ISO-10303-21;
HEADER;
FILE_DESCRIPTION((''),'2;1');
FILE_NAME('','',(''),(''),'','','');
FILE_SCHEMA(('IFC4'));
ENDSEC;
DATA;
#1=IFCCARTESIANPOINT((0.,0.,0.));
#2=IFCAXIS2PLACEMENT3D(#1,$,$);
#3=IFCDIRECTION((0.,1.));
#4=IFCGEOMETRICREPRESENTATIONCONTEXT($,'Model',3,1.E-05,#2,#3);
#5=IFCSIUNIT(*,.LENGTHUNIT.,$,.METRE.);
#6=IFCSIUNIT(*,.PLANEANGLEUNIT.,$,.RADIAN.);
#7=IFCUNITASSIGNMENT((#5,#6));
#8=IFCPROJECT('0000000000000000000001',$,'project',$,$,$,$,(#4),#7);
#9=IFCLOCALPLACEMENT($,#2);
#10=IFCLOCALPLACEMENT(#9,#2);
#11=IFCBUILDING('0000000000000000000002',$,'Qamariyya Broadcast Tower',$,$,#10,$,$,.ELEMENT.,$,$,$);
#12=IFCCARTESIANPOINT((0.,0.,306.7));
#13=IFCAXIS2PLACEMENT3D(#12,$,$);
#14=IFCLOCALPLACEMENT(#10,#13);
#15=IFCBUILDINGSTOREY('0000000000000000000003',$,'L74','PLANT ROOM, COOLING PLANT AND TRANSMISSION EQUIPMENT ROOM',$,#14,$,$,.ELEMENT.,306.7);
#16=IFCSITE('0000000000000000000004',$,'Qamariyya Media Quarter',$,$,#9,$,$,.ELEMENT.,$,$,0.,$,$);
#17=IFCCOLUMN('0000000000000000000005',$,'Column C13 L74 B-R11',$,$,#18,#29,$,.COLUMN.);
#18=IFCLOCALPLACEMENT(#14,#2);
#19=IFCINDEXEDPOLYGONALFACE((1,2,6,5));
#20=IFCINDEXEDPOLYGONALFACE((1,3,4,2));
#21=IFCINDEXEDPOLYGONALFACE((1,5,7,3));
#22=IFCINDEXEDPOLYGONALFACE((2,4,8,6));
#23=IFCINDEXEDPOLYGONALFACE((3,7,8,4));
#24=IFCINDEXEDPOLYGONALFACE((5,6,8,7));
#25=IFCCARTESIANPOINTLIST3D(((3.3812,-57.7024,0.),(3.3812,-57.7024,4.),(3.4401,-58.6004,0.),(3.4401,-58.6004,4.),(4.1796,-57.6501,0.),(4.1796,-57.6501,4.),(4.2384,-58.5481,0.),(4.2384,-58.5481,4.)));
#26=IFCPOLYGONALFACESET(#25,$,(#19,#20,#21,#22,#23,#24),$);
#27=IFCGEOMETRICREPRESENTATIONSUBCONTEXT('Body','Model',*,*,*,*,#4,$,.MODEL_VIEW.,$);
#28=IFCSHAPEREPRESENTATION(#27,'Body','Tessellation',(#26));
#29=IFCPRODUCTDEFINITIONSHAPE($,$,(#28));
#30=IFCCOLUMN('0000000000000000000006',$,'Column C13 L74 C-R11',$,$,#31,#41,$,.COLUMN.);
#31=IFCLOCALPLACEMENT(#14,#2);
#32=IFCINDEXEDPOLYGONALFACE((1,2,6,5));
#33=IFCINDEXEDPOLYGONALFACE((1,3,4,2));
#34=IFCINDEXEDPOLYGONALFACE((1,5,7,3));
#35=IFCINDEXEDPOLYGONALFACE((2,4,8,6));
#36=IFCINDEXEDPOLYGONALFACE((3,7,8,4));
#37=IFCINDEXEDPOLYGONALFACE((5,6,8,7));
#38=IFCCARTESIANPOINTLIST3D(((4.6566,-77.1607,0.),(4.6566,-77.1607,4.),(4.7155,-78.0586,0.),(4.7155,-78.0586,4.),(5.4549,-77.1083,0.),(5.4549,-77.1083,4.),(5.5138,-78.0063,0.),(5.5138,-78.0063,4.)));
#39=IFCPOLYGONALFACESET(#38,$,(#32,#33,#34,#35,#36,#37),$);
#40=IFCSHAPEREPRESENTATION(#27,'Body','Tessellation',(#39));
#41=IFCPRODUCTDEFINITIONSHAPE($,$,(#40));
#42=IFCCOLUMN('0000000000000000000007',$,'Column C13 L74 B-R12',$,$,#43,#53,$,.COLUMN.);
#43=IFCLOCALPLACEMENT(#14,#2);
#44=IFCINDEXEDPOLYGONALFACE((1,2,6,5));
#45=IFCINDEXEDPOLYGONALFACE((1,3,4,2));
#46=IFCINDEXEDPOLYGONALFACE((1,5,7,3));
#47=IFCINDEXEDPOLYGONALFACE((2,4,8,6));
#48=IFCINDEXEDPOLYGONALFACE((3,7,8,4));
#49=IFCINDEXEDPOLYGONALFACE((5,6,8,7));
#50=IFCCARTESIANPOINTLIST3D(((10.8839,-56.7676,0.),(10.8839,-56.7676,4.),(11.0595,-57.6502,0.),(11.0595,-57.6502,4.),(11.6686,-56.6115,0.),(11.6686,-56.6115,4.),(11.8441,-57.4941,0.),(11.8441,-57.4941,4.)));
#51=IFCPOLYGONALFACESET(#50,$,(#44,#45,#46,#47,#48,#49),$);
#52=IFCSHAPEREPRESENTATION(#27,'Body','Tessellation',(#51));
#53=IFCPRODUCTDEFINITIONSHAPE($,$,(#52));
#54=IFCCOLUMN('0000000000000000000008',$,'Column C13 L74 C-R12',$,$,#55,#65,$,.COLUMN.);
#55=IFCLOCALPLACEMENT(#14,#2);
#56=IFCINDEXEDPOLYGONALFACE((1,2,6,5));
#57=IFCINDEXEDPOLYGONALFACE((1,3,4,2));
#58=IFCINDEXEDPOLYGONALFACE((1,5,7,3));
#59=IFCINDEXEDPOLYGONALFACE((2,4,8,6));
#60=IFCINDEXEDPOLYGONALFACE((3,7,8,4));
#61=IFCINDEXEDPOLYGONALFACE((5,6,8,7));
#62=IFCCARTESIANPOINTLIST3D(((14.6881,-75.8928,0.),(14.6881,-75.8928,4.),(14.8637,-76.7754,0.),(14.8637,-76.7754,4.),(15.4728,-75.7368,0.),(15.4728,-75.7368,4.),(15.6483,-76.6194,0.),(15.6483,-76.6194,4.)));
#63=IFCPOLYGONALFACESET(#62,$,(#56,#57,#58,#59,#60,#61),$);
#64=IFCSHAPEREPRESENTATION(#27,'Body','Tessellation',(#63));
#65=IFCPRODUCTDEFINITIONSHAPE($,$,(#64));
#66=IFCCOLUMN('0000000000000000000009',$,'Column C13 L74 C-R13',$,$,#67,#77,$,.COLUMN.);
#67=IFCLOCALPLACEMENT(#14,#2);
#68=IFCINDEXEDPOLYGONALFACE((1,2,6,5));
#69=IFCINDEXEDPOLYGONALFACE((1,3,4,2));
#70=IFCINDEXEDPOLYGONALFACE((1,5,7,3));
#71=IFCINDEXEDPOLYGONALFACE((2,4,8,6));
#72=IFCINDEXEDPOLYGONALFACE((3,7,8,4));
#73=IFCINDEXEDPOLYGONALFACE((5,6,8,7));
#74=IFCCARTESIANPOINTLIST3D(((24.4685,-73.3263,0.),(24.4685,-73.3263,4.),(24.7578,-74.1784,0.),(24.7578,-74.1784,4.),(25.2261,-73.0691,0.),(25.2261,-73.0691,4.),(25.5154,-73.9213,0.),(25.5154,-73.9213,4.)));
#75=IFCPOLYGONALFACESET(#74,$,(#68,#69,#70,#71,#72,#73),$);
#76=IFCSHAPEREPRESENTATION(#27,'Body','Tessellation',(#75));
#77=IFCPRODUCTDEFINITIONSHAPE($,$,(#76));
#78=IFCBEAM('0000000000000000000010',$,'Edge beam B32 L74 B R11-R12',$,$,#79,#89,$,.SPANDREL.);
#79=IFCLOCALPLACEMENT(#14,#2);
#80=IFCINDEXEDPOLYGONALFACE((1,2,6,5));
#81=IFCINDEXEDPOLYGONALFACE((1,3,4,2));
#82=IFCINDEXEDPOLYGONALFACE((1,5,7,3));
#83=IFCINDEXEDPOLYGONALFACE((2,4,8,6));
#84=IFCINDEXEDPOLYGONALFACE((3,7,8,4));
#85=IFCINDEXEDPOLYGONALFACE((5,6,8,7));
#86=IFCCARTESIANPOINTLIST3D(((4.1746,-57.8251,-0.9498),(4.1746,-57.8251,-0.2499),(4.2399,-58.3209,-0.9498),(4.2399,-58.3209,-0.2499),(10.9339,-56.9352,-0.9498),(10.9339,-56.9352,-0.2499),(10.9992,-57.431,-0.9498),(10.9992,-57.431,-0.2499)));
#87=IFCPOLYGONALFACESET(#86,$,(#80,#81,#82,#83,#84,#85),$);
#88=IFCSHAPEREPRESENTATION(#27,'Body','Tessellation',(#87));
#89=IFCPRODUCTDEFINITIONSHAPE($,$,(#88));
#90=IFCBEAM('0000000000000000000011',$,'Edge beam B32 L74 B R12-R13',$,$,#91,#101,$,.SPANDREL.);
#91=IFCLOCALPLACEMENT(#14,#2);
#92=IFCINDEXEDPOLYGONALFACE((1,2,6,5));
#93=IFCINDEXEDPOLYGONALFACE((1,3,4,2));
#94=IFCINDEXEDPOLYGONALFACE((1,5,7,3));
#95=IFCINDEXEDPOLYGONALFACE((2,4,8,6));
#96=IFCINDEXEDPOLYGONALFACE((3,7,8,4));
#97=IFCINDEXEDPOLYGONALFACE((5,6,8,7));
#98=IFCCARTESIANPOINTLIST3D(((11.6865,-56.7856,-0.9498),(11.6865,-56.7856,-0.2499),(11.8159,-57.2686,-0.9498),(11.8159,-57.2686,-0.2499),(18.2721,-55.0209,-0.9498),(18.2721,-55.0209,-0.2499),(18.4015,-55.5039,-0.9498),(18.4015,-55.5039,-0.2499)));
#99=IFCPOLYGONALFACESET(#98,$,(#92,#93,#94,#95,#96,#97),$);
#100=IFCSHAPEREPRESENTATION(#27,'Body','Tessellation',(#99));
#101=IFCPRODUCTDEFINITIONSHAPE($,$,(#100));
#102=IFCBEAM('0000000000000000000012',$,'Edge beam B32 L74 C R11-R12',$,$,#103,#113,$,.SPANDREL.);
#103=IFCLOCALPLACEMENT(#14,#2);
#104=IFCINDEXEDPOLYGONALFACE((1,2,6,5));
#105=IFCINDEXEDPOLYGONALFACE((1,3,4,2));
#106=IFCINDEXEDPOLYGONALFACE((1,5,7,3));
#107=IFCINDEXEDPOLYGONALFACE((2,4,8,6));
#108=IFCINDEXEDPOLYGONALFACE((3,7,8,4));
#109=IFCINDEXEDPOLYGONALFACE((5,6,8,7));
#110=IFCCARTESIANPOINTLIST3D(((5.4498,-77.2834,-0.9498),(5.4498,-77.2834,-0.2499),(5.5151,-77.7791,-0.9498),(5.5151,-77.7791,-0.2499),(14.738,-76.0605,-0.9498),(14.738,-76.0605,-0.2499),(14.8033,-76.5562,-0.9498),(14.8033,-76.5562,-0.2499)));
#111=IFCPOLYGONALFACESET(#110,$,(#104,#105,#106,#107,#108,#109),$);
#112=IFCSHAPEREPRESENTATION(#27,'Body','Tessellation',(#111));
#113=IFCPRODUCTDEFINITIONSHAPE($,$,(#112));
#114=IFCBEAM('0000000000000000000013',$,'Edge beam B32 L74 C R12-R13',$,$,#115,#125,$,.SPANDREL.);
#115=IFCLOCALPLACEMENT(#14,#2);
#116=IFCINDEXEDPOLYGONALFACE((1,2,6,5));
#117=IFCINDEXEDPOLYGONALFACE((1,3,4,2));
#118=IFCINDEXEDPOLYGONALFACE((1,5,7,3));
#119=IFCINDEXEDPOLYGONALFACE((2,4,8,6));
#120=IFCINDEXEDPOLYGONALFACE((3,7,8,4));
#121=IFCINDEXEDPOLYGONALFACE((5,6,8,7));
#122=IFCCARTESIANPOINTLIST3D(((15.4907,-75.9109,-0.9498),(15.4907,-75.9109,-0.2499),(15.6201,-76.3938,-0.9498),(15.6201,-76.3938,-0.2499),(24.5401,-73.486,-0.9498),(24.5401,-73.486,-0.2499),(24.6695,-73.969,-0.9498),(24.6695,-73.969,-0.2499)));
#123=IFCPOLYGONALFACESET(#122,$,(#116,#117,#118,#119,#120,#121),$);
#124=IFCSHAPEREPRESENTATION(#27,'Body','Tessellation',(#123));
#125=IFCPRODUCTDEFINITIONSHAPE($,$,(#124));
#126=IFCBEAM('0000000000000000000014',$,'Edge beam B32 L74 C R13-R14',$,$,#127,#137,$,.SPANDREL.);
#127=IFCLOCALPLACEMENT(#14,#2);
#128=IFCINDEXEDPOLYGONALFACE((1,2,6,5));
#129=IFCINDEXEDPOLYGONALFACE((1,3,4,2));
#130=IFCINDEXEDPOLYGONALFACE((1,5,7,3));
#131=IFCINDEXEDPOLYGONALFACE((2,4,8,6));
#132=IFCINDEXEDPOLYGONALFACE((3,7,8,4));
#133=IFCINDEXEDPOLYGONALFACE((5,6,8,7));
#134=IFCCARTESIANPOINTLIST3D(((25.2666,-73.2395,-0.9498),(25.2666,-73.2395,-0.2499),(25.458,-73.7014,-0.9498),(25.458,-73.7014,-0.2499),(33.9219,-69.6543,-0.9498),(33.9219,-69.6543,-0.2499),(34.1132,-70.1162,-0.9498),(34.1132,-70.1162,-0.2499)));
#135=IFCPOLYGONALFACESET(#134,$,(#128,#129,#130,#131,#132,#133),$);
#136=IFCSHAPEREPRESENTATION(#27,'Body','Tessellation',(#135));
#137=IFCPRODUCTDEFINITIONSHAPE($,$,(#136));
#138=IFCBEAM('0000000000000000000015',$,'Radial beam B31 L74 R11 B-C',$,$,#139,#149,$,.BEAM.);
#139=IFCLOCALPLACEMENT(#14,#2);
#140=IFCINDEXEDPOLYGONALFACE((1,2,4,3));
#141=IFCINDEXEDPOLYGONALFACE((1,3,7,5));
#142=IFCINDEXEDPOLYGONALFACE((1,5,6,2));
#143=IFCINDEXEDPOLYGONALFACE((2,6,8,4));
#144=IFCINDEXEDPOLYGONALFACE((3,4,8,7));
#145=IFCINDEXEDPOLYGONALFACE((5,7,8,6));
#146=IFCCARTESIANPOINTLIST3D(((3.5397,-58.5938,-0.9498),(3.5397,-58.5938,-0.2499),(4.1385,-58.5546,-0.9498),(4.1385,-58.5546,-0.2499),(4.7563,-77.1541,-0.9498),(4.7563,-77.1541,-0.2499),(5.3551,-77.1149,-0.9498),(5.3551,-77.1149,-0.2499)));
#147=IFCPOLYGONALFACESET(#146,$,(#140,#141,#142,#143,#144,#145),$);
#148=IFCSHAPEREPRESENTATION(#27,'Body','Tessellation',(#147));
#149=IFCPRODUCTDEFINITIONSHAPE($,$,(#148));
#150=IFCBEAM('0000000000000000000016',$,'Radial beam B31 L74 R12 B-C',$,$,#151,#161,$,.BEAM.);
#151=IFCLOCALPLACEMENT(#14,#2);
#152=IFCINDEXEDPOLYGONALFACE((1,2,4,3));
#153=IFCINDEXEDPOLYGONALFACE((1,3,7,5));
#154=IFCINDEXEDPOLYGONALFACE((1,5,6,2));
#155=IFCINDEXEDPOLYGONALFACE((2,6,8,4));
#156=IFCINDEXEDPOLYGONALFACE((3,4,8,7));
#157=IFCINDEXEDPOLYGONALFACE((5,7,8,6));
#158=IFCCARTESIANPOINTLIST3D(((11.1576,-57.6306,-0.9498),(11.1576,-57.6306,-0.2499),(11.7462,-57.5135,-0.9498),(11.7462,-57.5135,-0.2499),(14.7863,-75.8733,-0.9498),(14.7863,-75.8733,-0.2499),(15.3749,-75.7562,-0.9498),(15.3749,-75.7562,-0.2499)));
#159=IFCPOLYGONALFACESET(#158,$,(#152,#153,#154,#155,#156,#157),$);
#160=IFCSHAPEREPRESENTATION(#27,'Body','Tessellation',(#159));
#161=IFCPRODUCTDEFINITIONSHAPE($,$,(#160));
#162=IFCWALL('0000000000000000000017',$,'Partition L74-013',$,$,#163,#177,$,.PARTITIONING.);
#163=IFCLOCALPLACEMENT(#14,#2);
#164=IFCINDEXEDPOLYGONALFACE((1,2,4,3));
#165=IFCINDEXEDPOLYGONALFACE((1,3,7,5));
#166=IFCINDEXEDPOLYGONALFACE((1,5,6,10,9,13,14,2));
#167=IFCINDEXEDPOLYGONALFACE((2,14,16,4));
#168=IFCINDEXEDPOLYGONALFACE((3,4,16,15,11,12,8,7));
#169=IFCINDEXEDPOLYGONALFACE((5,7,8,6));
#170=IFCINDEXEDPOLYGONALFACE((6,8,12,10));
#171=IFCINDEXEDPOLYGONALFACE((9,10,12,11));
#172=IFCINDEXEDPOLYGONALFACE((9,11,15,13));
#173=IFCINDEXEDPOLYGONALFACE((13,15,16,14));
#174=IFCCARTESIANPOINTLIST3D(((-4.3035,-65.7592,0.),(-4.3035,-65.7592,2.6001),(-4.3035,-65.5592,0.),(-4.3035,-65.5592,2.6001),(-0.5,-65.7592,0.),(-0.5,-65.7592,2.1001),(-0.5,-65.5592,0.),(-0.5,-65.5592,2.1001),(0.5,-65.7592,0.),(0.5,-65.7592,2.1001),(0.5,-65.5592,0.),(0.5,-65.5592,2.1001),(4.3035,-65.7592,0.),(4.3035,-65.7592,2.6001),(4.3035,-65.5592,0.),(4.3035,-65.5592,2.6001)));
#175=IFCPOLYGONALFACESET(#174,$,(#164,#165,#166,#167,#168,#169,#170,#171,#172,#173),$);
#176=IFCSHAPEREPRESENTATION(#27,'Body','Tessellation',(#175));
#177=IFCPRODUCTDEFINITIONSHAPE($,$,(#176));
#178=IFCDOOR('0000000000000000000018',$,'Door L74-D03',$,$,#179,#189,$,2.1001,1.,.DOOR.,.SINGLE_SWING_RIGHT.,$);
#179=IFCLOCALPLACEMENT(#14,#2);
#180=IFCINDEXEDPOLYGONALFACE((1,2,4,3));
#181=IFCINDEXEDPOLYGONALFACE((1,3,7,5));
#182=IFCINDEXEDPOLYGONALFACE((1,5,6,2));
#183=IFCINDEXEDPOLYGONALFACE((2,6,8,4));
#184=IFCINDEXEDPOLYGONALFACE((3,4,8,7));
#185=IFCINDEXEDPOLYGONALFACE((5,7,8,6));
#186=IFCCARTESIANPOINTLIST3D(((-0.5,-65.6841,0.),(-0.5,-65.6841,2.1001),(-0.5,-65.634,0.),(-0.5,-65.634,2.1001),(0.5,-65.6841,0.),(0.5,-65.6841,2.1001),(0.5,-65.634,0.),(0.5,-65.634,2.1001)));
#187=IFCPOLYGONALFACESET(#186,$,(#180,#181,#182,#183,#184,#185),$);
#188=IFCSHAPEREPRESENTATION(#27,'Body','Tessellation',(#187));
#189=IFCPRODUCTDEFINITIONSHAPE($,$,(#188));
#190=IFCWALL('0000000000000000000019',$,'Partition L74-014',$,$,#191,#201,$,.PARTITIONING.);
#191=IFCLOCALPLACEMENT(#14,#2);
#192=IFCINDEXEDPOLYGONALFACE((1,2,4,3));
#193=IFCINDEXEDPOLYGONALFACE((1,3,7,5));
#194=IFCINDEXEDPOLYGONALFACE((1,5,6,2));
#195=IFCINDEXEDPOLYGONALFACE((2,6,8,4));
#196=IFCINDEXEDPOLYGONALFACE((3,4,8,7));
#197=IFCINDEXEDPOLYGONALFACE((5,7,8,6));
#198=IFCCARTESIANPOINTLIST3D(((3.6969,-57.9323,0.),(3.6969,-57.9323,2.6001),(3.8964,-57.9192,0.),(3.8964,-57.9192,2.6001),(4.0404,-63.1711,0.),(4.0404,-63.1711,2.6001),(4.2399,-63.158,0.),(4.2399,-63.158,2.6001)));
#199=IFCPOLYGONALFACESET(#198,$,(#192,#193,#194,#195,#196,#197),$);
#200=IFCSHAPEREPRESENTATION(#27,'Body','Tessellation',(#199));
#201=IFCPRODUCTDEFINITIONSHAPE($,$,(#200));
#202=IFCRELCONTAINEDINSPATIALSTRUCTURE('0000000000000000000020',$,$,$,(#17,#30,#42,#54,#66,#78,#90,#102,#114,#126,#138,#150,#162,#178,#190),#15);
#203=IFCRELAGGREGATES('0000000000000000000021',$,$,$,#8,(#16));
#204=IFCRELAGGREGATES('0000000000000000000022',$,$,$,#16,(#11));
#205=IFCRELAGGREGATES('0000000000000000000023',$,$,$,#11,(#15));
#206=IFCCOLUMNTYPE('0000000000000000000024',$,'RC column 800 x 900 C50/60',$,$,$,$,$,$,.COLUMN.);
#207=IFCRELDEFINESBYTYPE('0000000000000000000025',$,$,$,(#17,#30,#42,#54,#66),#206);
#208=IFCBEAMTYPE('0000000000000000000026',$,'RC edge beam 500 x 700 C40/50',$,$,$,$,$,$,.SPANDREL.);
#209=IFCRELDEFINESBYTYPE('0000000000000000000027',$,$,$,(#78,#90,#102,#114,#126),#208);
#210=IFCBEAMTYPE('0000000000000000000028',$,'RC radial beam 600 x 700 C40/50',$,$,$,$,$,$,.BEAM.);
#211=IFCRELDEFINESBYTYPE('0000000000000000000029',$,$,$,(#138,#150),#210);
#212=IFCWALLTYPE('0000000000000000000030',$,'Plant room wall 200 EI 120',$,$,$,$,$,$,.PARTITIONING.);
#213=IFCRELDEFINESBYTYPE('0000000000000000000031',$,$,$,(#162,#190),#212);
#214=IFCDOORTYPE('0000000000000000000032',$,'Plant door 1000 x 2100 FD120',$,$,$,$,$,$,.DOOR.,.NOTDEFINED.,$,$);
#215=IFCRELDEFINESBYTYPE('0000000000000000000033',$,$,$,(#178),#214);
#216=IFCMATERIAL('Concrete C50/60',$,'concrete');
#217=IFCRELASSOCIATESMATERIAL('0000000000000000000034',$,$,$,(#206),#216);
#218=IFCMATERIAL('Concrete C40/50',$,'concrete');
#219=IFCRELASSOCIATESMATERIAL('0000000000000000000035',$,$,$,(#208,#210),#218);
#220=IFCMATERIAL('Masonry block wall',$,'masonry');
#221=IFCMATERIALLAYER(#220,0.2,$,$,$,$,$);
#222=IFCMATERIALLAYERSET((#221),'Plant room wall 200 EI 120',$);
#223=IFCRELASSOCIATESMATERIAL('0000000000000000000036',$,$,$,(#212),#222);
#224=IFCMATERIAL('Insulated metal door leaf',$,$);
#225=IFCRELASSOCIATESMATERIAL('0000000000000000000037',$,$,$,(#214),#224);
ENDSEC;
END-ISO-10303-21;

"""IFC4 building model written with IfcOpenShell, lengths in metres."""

from ifc_helpers import new_model, si_unit, direction, frame, frame_2d, origin, origin_2d, place, context, subcontext, project, spatial, rectangle, extrude, material, layer, layer_set, material_profile, profile_set, type_object, element, fill, save


model = new_model("IFC4")

# Units and contexts
model_context = context("Model", 3, precision=1e-05, world=origin(), true_north=direction((0.0, 1.0)))
body_context = subcontext(model_context, "Body", "Model", "MODEL_VIEW")
ifc_project = project(units=[si_unit("LENGTHUNIT", "METRE"), si_unit("PLANEANGLEUNIT", "RADIAN")], contexts=[model_context])

# Site, building, storey
site_placement = place(None, origin())
site = spatial("IfcSite", under=ifc_project, at=site_placement, Name="Qamariyya Media Quarter", CompositionType="ELEMENT", RefElevation=0.0)
building_placement = place(site_placement, origin())
building = spatial("IfcBuilding", under=site, at=building_placement, Name="Qamariyya Broadcast Tower", CompositionType="ELEMENT")
storey_placement = place(building_placement, frame((0.0, 0.0, 306.7)))
storey = spatial("IfcBuildingStorey", under=building, at=storey_placement, Name="L74", Description="PLANT ROOM, COOLING PLANT AND TRANSMISSION EQUIPMENT ROOM", CompositionType="ELEMENT", Elevation=306.7)

# Columns
ifc_material_1 = material(Name="Concrete C50/60", Category="concrete")
ifc_material_profile_1 = material_profile(ifc_material_1, rectangle(XDim=0.8, YDim=0.8999, at=origin_2d()))
ifc_profile_set_1 = profile_set([ifc_material_profile_1], Name="Concrete C50/60")
column_type = type_object("IfcColumnType", Name="RC column 800 x 900 C50/60", PredefinedType="COLUMN", material=ifc_profile_set_1)
for number, where, z_axis, x_axis, name in (
    (1, (3.8098, -58.1252, 0.0), (0.0, 0.0, 1.0), (0.997859, 0.065403, 0.0), "Column C13 L74 B-R11"),
    (2, (5.0852, -77.5835, 0.0), (0.0, 0.0, 1.0), (0.997859, 0.065403, 0.0), "Column C13 L74 C-R11"),
    (3, (11.364, -57.1309, 0.0), (0.0, 0.0, 1.0), (0.980785, 0.19509, 0.0), "Column C13 L74 B-R12"),
    (4, (15.1682, -76.2561, 0.0), (0.0, 0.0, 1.0), (0.980785, 0.19509, 0.0), "Column C13 L74 C-R12"),
    (5, (24.9919, -73.6238, 0.0), (0.0, 0.0, 1.0), (0.94693, 0.321439, 0.0), "Column C13 L74 C-R13"),
):
    element("IfcColumn", number, at=place(storey_placement, frame(where, z_axis=z_axis, x_axis=x_axis)), inside=storey, type_object=column_type, Name=name, PredefinedType="COLUMN", context=body_context, shape_type="SweptSolid", body=[
        extrude(rectangle(XDim=0.8, YDim=0.8999, at=origin_2d()), origin(), (0.0, 0.0, 1.0), 4.0),
    ])

# Beams
ifc_material_2 = material(Name="Concrete C40/50", Category="concrete")
ifc_material_profile_2 = material_profile(ifc_material_2, rectangle(XDim=0.5, YDim=0.7, at=origin_2d()))
ifc_profile_set_2 = profile_set([ifc_material_profile_2], Name="Concrete C40/50")
beam_type_1 = type_object("IfcBeamType", Name="RC edge beam 500 x 700 C40/50", PredefinedType="SPANDREL", material=ifc_profile_set_2)
beam_1_placement = place(storey_placement, frame((4.2073, -58.073, -0.5999), z_axis=(0.991445, 0.130529, 0.0), x_axis=(-0.130529, 0.991445, 0.0)))
element("IfcBeam", 6, at=beam_1_placement, inside=storey, type_object=beam_type_1, Name="Edge beam B32 L74 B R11-R12", PredefinedType="SPANDREL", context=body_context, shape_type="SweptSolid", body=[
    extrude(rectangle(XDim=0.5, YDim=0.7, at=origin_2d()), origin(), (0.0, 0.0, 1.0), 6.8176),
])
beam_2_placement = place(storey_placement, frame((11.7512, -57.0271, -0.5999), z_axis=(0.965923, 0.25883, 0.0), x_axis=(-0.25883, 0.965923, 0.0)))
element("IfcBeam", 7, at=beam_2_placement, inside=storey, type_object=beam_type_1, Name="Edge beam B32 L74 B R12-R13", PredefinedType="SPANDREL", context=body_context, shape_type="SweptSolid", body=[
    extrude(rectangle(XDim=0.5, YDim=0.7, at=origin_2d()), origin(), (0.0, 0.0, 1.0), 6.8179),
])
beam_3_placement = place(storey_placement, frame((5.4824, -77.5312, -0.5999), z_axis=(0.991444, 0.130533, 0.0), x_axis=(-0.130533, 0.991444, 0.0)))
element("IfcBeam", 8, at=beam_3_placement, inside=storey, type_object=beam_type_1, Name="Edge beam B32 L74 C R11-R12", PredefinedType="SPANDREL", context=body_context, shape_type="SweptSolid", body=[
    extrude(rectangle(XDim=0.5, YDim=0.7, at=origin_2d()), origin(), (0.0, 0.0, 1.0), 9.3684),
])
beam_4_placement = place(storey_placement, frame((15.5554, -76.1523, -0.5999), z_axis=(0.965925, 0.258824, 0.0), x_axis=(-0.258824, 0.965925, 0.0)))
element("IfcBeam", 9, at=beam_4_placement, inside=storey, type_object=beam_type_1, Name="Edge beam B32 L74 C R12-R13", PredefinedType="SPANDREL", context=body_context, shape_type="SweptSolid", body=[
    extrude(rectangle(XDim=0.5, YDim=0.7, at=origin_2d()), origin(), (0.0, 0.0, 1.0), 9.3687),
])
beam_5_placement = place(storey_placement, frame((25.3623, -73.4705, -0.5999), z_axis=(0.923877, 0.38269, 0.0), x_axis=(-0.38269, 0.923877, 0.0)))
element("IfcBeam", 10, at=beam_5_placement, inside=storey, type_object=beam_type_1, Name="Edge beam B32 L74 C R13-R14", PredefinedType="SPANDREL", context=body_context, shape_type="SweptSolid", body=[
    extrude(rectangle(XDim=0.5, YDim=0.7, at=origin_2d()), origin(), (0.0, 0.0, 1.0), 9.3684),
])
ifc_material_profile_3 = material_profile(ifc_material_2, rectangle(XDim=0.6001, YDim=0.7, at=origin_2d()))
ifc_profile_set_3 = profile_set([ifc_material_profile_3], Name="Concrete C40/50")
beam_type_2 = type_object("IfcBeamType", Name="RC radial beam 600 x 700 C40/50", PredefinedType="BEAM", material=ifc_profile_set_3)
for number, where, z_axis, x_axis, name in (
    (11, (3.8391, -58.5742, -0.5999), (0.065406, -0.997859, 0.0), (0.997859, 0.065406, 0.0), "Radial beam B31 L74 R11 B-C"),
    (12, (11.4519, -57.572, -0.5999), (0.195089, -0.980786, 0.0), (0.980786, 0.195089, 0.0), "Radial beam B31 L74 R12 B-C"),
):
    element("IfcBeam", number, at=place(storey_placement, frame(where, z_axis=z_axis, x_axis=x_axis)), inside=storey, type_object=beam_type_2, Name=name, PredefinedType="BEAM", context=body_context, shape_type="SweptSolid", body=[
        extrude(rectangle(XDim=0.6001, YDim=0.7, at=origin_2d()), origin(), (0.0, 0.0, 1.0), 18.6001),
    ])

# Wall, opening, door
ifc_material_3 = material(Name="Masonry block wall", Category="masonry")
ifc_layer_1 = layer(ifc_material_3, 0.2)
ifc_layer_set_1 = layer_set([ifc_layer_1], Name="Plant room wall 200 EI 120")
wall_type_1 = type_object("IfcWallType", Name="Plant room wall 200 EI 120", PredefinedType="PARTITIONING", material=ifc_layer_set_1)
wall_1_placement = place(storey_placement, frame((4.3035, -65.6592, 0.0), z_axis=(0.0, 0.0, 1.0), x_axis=(-1.0, 0.0, 0.0)))
wall_1 = element("IfcWall", 13, at=wall_1_placement, inside=storey, type_object=wall_type_1, Name="Partition L74-013", PredefinedType="PARTITIONING", context=body_context, shape_type="SweptSolid", body=[
    extrude(rectangle(XDim=8.6069, YDim=0.2, at=frame_2d((4.3035, 0.0))), origin(), (0.0, 0.0, 1.0), 2.6001),
])
opening_1_placement = place(wall_1_placement, frame((3.8035, 0.0, 0.0)))
opening_1 = element("IfcOpeningElement", 14, at=opening_1_placement, cuts=wall_1, PredefinedType="OPENING", context=body_context, shape_type="SweptSolid", body=[
    extrude(rectangle(XDim=1.0, YDim=2.1001, at=frame_2d((0.5, 1.05))), frame((0.0, 0.1099, 0.0), z_axis=(0.0, -1.0, 0.0), x_axis=(1.0, 0.0, 0.0)), (0.0, 0.0, 1.0), 0.22),
])
ifc_material_4 = material(Name="Insulated metal door leaf")
door_type_1 = type_object("IfcDoorType", Name="Plant door 1000 x 2100 FD120", OperationType="NOTDEFINED", PredefinedType="DOOR", material=ifc_material_4)
door_1_placement = place(opening_1_placement, origin())
door_1 = element("IfcDoor", 15, at=door_1_placement, inside=storey, type_object=door_type_1, Name="Door L74-D03", OperationType="SINGLE_SWING_RIGHT", OverallHeight=2.1001, OverallWidth=1.0, PredefinedType="DOOR", context=body_context, shape_type="SweptSolid", body=[
    extrude(rectangle(XDim=1.0, YDim=2.1001, at=frame_2d((0.5, 1.05))), frame((0.0, 0.0249, 0.0), z_axis=(0.0, -1.0, 0.0), x_axis=(1.0, 0.0, 0.0)), (0.0, 0.0, 1.0), 0.05),
])
fill(opening_1, door_1)

# Wall
wall_2_placement = place(storey_placement, frame((3.7966, -57.9258, 0.0), z_axis=(0.0, 0.0, 1.0), x_axis=(0.065429, -0.997857, 0.0)))
element("IfcWall", 16, at=wall_2_placement, inside=storey, type_object=wall_type_1, Name="Partition L74-014", PredefinedType="PARTITIONING", context=body_context, shape_type="SweptSolid", body=[
    extrude(rectangle(XDim=5.25, YDim=0.2, at=frame_2d((2.625, 0.0))), origin(), (0.0, 0.0, 1.0), 2.6001),
])

save(model, "model.ifc")
